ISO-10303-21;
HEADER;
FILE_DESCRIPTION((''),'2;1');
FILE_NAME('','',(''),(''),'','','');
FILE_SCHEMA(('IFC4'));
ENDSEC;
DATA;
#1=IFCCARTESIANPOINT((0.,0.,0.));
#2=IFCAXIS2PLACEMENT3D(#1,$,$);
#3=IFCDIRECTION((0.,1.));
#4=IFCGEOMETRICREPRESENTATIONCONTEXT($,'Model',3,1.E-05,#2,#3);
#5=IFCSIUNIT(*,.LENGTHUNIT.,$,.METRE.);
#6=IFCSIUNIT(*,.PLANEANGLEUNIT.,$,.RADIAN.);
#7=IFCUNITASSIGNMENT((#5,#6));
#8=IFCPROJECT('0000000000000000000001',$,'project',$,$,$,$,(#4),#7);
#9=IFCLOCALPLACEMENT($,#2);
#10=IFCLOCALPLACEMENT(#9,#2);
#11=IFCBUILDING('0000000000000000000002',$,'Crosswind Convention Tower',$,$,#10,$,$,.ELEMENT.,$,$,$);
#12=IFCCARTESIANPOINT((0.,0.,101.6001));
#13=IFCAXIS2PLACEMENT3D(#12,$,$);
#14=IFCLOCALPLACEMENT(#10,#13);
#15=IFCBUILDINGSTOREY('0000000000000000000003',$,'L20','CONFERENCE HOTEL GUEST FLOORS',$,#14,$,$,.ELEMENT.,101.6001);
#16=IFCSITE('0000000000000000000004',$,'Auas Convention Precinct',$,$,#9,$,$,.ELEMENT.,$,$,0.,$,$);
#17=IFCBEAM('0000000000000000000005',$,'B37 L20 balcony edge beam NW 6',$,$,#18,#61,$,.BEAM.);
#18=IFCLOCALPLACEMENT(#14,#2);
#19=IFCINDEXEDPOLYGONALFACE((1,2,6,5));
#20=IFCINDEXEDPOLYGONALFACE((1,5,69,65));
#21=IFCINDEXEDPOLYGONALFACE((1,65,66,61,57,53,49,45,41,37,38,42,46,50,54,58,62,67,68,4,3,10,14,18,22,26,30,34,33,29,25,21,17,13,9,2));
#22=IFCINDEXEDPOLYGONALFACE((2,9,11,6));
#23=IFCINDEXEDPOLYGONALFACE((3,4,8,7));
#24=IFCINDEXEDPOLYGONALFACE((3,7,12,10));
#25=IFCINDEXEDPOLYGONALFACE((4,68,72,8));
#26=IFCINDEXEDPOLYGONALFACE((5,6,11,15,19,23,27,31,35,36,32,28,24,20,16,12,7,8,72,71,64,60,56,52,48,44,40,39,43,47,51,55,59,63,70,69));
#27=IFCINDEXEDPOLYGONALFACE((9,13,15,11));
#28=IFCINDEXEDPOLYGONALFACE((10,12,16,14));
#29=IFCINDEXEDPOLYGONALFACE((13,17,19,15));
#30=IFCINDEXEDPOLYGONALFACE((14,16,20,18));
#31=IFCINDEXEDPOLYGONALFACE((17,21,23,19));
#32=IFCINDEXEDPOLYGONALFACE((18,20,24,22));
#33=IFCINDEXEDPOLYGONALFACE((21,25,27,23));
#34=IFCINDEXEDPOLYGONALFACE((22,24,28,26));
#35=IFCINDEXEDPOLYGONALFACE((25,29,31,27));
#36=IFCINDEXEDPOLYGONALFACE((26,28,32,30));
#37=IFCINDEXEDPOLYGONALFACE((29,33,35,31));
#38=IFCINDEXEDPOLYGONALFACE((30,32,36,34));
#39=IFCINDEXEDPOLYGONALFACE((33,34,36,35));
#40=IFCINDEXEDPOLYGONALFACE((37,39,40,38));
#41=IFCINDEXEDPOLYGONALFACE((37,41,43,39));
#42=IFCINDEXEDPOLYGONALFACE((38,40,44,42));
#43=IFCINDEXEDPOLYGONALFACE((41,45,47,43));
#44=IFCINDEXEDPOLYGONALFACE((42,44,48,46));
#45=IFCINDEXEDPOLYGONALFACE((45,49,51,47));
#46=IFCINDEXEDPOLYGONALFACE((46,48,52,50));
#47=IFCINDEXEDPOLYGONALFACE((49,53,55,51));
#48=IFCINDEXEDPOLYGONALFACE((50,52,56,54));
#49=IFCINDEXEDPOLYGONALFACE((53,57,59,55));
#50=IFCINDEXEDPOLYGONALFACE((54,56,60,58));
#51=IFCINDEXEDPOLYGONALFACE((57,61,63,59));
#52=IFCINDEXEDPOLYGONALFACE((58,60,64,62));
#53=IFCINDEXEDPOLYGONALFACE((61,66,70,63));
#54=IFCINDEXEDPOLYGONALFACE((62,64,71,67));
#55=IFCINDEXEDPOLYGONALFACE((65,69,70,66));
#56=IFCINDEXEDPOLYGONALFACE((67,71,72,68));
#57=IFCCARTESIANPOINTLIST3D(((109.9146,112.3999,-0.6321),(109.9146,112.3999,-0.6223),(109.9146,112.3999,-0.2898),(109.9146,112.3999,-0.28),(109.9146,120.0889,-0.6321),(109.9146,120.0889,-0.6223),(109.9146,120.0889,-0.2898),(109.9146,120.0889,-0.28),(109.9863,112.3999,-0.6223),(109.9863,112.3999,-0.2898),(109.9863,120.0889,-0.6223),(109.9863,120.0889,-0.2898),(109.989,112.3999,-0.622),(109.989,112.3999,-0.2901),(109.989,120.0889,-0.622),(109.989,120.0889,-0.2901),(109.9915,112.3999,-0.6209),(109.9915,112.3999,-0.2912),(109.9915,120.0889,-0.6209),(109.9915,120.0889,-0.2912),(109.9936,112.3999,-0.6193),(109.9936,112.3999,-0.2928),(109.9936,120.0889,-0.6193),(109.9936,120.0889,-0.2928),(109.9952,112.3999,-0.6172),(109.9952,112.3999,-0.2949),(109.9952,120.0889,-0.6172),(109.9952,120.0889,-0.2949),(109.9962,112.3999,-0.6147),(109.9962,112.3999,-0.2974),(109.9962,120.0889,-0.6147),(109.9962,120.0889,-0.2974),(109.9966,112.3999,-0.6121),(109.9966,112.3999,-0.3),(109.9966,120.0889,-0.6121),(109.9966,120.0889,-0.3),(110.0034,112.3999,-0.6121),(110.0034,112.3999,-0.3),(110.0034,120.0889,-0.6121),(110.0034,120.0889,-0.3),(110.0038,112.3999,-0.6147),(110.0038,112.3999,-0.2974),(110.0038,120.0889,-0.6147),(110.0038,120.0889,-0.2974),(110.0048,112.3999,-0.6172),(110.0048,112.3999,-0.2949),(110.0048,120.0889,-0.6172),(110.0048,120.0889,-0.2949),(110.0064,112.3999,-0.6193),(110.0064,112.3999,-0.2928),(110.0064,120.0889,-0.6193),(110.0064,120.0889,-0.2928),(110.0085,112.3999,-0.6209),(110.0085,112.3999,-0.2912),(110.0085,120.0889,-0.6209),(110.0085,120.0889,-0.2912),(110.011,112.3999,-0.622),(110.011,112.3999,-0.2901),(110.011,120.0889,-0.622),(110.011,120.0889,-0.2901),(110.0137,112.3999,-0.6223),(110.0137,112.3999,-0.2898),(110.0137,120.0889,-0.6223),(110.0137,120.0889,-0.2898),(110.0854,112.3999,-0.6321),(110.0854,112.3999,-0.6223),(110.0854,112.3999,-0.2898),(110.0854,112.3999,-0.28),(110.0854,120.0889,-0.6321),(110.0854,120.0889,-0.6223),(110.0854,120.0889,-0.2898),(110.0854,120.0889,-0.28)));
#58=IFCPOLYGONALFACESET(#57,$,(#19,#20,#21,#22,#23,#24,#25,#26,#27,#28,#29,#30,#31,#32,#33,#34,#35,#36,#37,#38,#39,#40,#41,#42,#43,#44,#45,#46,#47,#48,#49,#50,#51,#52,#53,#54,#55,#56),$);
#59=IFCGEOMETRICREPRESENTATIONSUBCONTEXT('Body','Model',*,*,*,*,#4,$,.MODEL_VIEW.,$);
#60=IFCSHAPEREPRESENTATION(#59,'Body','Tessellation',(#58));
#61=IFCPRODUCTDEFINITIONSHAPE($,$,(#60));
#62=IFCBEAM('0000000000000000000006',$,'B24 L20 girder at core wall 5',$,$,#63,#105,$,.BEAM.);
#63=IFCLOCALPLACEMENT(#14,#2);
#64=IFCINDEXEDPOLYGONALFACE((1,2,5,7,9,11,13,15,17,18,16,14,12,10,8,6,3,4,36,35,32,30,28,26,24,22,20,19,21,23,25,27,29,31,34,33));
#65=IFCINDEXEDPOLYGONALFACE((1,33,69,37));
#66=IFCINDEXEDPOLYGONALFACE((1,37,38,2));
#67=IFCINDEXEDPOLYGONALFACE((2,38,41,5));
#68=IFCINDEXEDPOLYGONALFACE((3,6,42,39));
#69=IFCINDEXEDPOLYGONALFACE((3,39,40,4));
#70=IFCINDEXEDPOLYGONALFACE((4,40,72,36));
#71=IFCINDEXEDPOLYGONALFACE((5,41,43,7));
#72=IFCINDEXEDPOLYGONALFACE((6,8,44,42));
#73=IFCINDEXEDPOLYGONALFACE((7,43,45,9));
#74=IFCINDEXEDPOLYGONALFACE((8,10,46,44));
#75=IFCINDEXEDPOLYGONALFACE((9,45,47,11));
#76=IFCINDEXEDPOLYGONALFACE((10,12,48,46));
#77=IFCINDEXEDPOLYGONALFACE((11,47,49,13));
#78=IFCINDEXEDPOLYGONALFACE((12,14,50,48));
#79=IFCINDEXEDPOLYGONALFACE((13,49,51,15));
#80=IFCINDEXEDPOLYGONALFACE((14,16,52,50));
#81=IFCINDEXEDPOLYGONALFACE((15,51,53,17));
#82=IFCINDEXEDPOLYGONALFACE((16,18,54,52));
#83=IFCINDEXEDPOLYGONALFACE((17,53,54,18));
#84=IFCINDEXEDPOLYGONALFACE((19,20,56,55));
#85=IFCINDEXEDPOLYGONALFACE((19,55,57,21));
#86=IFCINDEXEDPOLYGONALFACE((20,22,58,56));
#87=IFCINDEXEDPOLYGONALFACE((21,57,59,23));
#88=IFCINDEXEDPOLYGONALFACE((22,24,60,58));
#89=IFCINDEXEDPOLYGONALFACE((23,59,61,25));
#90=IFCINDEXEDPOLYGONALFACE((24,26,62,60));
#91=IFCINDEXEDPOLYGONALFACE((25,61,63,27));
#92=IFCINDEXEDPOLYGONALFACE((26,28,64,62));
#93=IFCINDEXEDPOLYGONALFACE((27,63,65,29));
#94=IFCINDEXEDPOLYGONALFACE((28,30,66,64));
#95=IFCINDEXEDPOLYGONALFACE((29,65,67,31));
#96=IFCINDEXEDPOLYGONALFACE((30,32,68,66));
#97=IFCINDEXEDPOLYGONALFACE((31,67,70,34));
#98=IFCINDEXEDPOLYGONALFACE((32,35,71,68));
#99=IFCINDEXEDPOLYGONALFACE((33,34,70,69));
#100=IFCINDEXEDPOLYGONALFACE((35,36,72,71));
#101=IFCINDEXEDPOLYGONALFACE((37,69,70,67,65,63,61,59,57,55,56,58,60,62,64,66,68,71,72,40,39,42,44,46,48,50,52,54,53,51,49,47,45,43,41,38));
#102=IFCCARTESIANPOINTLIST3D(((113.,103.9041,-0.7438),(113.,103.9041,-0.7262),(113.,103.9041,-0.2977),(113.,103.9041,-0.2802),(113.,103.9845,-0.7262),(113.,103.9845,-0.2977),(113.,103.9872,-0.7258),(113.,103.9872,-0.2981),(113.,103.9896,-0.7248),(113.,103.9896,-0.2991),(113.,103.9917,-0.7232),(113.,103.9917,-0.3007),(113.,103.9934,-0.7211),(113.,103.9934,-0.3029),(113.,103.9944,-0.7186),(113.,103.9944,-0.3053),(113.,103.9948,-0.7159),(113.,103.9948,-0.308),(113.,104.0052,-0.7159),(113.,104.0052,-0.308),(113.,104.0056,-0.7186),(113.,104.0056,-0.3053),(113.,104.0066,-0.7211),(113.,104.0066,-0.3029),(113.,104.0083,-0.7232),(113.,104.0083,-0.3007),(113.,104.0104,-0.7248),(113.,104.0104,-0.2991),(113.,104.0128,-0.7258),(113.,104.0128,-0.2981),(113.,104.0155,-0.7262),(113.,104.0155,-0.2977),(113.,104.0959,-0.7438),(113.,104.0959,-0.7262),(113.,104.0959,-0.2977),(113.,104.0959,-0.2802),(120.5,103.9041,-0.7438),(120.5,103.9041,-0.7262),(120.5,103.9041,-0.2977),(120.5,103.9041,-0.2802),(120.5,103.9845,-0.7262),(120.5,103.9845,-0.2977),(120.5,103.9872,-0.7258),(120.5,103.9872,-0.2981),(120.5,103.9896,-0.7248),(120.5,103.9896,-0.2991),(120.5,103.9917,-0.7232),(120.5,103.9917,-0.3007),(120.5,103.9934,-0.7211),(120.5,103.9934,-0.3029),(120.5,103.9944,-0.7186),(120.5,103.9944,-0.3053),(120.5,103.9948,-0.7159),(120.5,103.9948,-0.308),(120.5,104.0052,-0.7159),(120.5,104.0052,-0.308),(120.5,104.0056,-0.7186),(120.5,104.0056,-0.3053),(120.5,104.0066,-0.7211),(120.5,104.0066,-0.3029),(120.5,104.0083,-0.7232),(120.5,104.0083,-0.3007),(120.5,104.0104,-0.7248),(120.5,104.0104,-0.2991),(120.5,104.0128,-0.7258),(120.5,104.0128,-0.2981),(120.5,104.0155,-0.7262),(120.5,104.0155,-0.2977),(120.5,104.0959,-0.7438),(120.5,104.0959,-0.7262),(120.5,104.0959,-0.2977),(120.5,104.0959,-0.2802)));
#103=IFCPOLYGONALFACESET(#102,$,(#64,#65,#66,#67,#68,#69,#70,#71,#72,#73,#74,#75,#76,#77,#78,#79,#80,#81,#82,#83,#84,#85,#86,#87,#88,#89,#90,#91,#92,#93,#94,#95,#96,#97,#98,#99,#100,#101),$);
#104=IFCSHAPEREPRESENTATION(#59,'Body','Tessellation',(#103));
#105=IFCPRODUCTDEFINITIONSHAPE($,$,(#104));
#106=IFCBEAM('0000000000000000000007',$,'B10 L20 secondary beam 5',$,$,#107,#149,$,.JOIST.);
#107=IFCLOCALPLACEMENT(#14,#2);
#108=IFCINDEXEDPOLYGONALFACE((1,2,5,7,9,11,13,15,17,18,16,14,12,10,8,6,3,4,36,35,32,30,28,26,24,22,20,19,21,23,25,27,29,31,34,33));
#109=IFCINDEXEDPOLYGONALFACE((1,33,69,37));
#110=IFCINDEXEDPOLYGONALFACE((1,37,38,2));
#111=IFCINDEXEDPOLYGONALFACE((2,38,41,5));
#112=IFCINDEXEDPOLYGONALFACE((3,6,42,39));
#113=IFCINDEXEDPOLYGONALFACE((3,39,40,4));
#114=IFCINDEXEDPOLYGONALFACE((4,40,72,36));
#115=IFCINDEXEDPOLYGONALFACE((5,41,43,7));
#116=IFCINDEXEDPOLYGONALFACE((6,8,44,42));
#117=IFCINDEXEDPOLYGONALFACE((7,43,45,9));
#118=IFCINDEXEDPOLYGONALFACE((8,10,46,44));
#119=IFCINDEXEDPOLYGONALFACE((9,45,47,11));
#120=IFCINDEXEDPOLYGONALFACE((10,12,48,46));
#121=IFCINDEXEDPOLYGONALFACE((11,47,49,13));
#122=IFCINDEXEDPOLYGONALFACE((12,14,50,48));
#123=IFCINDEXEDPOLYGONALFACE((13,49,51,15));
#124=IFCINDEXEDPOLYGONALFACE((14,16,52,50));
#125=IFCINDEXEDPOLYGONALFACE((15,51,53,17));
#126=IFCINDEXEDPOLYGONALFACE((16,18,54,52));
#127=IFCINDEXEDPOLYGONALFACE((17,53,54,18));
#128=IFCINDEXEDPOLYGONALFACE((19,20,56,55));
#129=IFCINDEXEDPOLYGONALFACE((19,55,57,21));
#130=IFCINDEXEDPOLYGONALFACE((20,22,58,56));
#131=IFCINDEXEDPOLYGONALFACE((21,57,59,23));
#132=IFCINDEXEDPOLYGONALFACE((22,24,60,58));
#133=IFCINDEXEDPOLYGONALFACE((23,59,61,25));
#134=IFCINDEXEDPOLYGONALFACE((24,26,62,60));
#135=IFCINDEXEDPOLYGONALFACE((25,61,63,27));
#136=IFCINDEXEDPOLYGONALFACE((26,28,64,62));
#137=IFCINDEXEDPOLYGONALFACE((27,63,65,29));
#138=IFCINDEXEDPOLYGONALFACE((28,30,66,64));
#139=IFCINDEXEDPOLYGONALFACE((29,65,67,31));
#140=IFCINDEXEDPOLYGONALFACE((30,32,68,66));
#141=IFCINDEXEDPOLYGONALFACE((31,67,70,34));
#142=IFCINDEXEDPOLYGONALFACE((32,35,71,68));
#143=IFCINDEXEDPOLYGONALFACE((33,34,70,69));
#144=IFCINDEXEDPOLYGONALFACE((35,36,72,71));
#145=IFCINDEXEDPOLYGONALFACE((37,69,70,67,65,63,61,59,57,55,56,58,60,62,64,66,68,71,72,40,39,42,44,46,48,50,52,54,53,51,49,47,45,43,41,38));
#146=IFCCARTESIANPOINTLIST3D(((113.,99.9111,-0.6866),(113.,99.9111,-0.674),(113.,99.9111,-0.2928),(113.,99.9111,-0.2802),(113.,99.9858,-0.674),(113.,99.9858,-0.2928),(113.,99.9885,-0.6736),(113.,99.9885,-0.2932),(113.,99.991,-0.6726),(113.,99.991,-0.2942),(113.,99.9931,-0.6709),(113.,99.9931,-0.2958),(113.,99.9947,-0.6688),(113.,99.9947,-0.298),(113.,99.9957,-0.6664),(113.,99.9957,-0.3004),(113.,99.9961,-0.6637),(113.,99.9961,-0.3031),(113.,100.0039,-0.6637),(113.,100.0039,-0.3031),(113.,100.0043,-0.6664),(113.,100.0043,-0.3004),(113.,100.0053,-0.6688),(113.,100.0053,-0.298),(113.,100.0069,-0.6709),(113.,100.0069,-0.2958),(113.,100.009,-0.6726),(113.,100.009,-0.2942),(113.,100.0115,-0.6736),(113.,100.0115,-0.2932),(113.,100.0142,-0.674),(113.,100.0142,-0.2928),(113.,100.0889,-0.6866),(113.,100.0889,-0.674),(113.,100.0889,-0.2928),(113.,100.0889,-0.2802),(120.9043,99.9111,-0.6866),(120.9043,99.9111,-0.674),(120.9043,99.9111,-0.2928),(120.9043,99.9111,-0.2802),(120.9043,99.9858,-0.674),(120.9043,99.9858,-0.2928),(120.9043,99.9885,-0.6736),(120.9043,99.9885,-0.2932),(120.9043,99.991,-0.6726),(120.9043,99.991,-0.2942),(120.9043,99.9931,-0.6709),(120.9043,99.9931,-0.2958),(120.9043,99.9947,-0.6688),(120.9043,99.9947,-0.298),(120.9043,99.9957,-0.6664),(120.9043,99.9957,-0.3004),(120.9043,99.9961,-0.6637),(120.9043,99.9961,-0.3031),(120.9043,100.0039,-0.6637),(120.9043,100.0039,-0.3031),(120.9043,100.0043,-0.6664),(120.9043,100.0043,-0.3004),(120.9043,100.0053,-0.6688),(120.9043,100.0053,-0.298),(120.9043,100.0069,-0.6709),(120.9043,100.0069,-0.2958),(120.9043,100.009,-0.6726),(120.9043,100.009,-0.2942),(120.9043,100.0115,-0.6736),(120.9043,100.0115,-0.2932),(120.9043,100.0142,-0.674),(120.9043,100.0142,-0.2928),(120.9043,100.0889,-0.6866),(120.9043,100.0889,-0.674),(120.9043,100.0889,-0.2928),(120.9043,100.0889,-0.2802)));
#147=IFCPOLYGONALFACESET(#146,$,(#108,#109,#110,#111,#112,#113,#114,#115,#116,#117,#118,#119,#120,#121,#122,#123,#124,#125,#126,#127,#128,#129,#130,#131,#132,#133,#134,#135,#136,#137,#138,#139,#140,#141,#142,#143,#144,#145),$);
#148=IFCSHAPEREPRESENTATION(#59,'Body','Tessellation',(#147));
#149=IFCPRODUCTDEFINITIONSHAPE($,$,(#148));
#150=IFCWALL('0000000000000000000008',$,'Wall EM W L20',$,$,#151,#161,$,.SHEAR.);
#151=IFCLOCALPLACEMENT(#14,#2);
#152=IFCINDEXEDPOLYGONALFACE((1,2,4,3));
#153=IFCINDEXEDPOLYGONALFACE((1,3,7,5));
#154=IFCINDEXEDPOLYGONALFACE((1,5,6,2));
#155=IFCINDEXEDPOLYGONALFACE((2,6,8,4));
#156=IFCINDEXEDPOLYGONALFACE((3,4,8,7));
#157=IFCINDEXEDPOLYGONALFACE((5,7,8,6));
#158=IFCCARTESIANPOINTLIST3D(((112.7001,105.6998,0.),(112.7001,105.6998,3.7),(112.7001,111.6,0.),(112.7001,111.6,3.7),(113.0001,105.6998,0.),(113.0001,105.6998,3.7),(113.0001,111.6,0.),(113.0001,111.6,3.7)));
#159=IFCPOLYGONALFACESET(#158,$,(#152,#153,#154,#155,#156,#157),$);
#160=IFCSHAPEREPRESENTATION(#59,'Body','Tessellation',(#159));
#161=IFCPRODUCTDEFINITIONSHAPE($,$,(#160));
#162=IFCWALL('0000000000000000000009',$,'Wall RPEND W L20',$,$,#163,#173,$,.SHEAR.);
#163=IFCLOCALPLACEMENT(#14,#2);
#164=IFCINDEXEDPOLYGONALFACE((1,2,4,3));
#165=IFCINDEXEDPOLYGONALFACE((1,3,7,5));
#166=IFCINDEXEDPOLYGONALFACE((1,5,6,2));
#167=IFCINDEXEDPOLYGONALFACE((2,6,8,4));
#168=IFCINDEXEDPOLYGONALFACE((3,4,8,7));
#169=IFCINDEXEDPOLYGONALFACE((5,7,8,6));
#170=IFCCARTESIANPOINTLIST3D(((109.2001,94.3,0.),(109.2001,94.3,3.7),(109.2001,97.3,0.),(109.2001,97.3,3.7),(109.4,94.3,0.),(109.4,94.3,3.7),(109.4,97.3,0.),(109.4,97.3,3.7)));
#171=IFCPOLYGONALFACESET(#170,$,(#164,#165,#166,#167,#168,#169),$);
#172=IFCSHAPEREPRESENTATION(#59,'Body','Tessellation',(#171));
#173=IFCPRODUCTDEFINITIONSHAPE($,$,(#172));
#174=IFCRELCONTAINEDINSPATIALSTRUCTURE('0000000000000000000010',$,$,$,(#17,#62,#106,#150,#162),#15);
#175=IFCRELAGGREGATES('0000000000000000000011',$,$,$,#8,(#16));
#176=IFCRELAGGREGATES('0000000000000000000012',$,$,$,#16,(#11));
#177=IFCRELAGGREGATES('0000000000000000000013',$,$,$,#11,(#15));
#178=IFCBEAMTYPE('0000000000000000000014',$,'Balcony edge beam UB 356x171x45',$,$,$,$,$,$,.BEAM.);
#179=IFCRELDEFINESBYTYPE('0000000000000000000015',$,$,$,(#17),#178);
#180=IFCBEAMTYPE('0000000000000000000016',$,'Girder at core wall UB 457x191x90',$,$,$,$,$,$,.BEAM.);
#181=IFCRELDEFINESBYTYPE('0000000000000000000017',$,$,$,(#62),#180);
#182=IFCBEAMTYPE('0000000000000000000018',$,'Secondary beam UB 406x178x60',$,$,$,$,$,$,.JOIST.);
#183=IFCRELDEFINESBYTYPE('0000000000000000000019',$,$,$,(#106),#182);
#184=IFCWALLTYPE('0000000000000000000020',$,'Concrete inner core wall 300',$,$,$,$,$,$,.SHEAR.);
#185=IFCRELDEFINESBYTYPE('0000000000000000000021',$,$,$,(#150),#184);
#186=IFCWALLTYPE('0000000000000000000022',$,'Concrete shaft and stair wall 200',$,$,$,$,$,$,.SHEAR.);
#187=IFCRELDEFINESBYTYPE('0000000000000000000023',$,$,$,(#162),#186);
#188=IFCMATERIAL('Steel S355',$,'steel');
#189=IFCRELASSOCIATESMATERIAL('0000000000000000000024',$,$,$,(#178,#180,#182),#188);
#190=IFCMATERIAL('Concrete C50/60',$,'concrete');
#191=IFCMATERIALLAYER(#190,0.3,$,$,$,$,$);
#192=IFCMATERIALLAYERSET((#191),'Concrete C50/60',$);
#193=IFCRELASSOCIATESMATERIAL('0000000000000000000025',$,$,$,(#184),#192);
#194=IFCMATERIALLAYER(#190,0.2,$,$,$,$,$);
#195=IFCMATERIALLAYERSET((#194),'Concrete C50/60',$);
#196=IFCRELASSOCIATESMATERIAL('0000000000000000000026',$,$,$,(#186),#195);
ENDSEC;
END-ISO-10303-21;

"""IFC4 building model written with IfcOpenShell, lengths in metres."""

from ifc_helpers import new_model, si_unit, direction, frame, frame_2d, origin, origin_2d, place, context, subcontext, project, spatial, rectangle, i_section, extrude, material, layer, layer_set, material_profile, profile_set, type_object, element, save


model = new_model("IFC4")

# Units and contexts
model_context = context("Model", 3, precision=1e-05, world=origin(), true_north=direction((0.0, 1.0)))
body_context = subcontext(model_context, "Body", "Model", "MODEL_VIEW")
ifc_project = project(units=[si_unit("LENGTHUNIT", "METRE"), si_unit("PLANEANGLEUNIT", "RADIAN")], contexts=[model_context])

# Site, building, storey
site_placement = place(None, origin())
site = spatial("IfcSite", under=ifc_project, at=site_placement, Name="Auas Convention Precinct", CompositionType="ELEMENT", RefElevation=0.0)
building_placement = place(site_placement, origin())
building = spatial("IfcBuilding", under=site, at=building_placement, Name="Crosswind Convention Tower", CompositionType="ELEMENT")
storey_placement = place(building_placement, frame((0.0, 0.0, 101.6001)))
storey = spatial("IfcBuildingStorey", under=building, at=storey_placement, Name="L20", Description="CONFERENCE HOTEL GUEST FLOORS", CompositionType="ELEMENT", Elevation=101.6001)

# Beams
ifc_material_1 = material(Name="Steel S355", Category="steel")
ifc_material_profile_1 = material_profile(ifc_material_1, i_section(OverallWidth=0.1709, OverallDepth=0.3521, WebThickness=0.0068, FlangeThickness=0.0098, FilletRadius=0.0103, at=origin_2d()), Name="UB 356x171x45")
ifc_profile_set_1 = profile_set([ifc_material_profile_1], Name="Steel S355")
beam_type_1 = type_object("IfcBeamType", Name="Balcony edge beam UB 356x171x45", PredefinedType="BEAM", material=ifc_profile_set_1)
beam_1_placement = place(storey_placement, frame((110.0, 112.3999, -0.4561), z_axis=(0.0, 1.0, 0.0), x_axis=(-1.0, 0.0, 0.0)))
element("IfcBeam", 1, at=beam_1_placement, inside=storey, type_object=beam_type_1, Name="B37 L20 balcony edge beam NW 6", PredefinedType="BEAM", context=body_context, shape_type="SweptSolid", body=[
    extrude(i_section(OverallWidth=0.1709, OverallDepth=0.3521, WebThickness=0.0068, FlangeThickness=0.0098, FilletRadius=0.0103, at=origin_2d()), origin(), (0.0, 0.0, 1.0), 7.689),
])
ifc_material_profile_2 = material_profile(ifc_material_1, i_section(OverallWidth=0.1919, OverallDepth=0.4636, WebThickness=0.0105, FlangeThickness=0.0176, FilletRadius=0.0103, at=origin_2d()), Name="UB 457x191x90")
ifc_profile_set_2 = profile_set([ifc_material_profile_2], Name="Steel S355")
beam_type_2 = type_object("IfcBeamType", Name="Girder at core wall UB 457x191x90", PredefinedType="BEAM", material=ifc_profile_set_2)
beam_2_placement = place(storey_placement, frame((113.0, 104.0, -0.512), z_axis=(1.0, 0.0, 0.0), x_axis=(0.0, 1.0, 0.0)))
element("IfcBeam", 2, at=beam_2_placement, inside=storey, type_object=beam_type_2, Name="B24 L20 girder at core wall 5", PredefinedType="BEAM", context=body_context, shape_type="SweptSolid", body=[
    extrude(i_section(OverallWidth=0.1919, OverallDepth=0.4636, WebThickness=0.0105, FlangeThickness=0.0176, FilletRadius=0.0103, at=origin_2d()), origin(), (0.0, 0.0, 1.0), 7.5),
])
ifc_material_profile_3 = material_profile(ifc_material_1, i_section(OverallWidth=0.1777, OverallDepth=0.4065, WebThickness=0.0078, FlangeThickness=0.0127, FilletRadius=0.0103, at=origin_2d()), Name="UB 406x178x60")
ifc_profile_set_3 = profile_set([ifc_material_profile_3], Name="Steel S355")
beam_type_3 = type_object("IfcBeamType", Name="Secondary beam UB 406x178x60", PredefinedType="JOIST", material=ifc_profile_set_3)
beam_3_placement = place(storey_placement, frame((113.0, 100.0, -0.4834), z_axis=(1.0, 0.0, 0.0), x_axis=(0.0, 1.0, 0.0)))
element("IfcBeam", 3, at=beam_3_placement, inside=storey, type_object=beam_type_3, Name="B10 L20 secondary beam 5", PredefinedType="JOIST", context=body_context, shape_type="SweptSolid", body=[
    extrude(i_section(OverallWidth=0.1777, OverallDepth=0.4065, WebThickness=0.0078, FlangeThickness=0.0127, FilletRadius=0.0103, at=origin_2d()), origin(), (0.0, 0.0, 1.0), 7.9043),
])

# Shared definitions
ifc_material_2 = material(Name="Concrete C50/60", Category="concrete")
ifc_layer_1 = layer(ifc_material_2, 0.3)
ifc_layer_set_1 = layer_set([ifc_layer_1], Name="Concrete C50/60")
wall_type_1 = type_object("IfcWallType", Name="Concrete inner core wall 300", PredefinedType="SHEAR", material=ifc_layer_set_1)

# Walls
wall_1_placement = place(storey_placement, frame((112.8501, 111.6001, 0.0), z_axis=(0.0, 0.0, 1.0), x_axis=(0.0, -1.0, 0.0)))
element("IfcWall", 4, at=wall_1_placement, inside=storey, type_object=wall_type_1, Name="Wall EM W L20", PredefinedType="SHEAR", context=body_context, shape_type="SweptSolid", body=[
    extrude(rectangle(XDim=5.9001, YDim=0.3, at=frame_2d((2.9502, 0.0))), origin(), (0.0, 0.0, 1.0), 3.7),
])
ifc_layer_2 = layer(ifc_material_2, 0.2)
ifc_layer_set_2 = layer_set([ifc_layer_2], Name="Concrete C50/60")
wall_type_2 = type_object("IfcWallType", Name="Concrete shaft and stair wall 200", PredefinedType="SHEAR", material=ifc_layer_set_2)
wall_2_placement = place(storey_placement, frame((109.3, 97.3, 0.0), z_axis=(0.0, 0.0, 1.0), x_axis=(0.0, -1.0, 0.0)))
element("IfcWall", 5, at=wall_2_placement, inside=storey, type_object=wall_type_2, Name="Wall RPEND W L20", PredefinedType="SHEAR", context=body_context, shape_type="SweptSolid", body=[
    extrude(rectangle(XDim=3.0, YDim=0.2, at=frame_2d((1.5, 0.0))), origin(), (0.0, 0.0, 1.0), 3.7),
])

save(model, "model.ifc")
